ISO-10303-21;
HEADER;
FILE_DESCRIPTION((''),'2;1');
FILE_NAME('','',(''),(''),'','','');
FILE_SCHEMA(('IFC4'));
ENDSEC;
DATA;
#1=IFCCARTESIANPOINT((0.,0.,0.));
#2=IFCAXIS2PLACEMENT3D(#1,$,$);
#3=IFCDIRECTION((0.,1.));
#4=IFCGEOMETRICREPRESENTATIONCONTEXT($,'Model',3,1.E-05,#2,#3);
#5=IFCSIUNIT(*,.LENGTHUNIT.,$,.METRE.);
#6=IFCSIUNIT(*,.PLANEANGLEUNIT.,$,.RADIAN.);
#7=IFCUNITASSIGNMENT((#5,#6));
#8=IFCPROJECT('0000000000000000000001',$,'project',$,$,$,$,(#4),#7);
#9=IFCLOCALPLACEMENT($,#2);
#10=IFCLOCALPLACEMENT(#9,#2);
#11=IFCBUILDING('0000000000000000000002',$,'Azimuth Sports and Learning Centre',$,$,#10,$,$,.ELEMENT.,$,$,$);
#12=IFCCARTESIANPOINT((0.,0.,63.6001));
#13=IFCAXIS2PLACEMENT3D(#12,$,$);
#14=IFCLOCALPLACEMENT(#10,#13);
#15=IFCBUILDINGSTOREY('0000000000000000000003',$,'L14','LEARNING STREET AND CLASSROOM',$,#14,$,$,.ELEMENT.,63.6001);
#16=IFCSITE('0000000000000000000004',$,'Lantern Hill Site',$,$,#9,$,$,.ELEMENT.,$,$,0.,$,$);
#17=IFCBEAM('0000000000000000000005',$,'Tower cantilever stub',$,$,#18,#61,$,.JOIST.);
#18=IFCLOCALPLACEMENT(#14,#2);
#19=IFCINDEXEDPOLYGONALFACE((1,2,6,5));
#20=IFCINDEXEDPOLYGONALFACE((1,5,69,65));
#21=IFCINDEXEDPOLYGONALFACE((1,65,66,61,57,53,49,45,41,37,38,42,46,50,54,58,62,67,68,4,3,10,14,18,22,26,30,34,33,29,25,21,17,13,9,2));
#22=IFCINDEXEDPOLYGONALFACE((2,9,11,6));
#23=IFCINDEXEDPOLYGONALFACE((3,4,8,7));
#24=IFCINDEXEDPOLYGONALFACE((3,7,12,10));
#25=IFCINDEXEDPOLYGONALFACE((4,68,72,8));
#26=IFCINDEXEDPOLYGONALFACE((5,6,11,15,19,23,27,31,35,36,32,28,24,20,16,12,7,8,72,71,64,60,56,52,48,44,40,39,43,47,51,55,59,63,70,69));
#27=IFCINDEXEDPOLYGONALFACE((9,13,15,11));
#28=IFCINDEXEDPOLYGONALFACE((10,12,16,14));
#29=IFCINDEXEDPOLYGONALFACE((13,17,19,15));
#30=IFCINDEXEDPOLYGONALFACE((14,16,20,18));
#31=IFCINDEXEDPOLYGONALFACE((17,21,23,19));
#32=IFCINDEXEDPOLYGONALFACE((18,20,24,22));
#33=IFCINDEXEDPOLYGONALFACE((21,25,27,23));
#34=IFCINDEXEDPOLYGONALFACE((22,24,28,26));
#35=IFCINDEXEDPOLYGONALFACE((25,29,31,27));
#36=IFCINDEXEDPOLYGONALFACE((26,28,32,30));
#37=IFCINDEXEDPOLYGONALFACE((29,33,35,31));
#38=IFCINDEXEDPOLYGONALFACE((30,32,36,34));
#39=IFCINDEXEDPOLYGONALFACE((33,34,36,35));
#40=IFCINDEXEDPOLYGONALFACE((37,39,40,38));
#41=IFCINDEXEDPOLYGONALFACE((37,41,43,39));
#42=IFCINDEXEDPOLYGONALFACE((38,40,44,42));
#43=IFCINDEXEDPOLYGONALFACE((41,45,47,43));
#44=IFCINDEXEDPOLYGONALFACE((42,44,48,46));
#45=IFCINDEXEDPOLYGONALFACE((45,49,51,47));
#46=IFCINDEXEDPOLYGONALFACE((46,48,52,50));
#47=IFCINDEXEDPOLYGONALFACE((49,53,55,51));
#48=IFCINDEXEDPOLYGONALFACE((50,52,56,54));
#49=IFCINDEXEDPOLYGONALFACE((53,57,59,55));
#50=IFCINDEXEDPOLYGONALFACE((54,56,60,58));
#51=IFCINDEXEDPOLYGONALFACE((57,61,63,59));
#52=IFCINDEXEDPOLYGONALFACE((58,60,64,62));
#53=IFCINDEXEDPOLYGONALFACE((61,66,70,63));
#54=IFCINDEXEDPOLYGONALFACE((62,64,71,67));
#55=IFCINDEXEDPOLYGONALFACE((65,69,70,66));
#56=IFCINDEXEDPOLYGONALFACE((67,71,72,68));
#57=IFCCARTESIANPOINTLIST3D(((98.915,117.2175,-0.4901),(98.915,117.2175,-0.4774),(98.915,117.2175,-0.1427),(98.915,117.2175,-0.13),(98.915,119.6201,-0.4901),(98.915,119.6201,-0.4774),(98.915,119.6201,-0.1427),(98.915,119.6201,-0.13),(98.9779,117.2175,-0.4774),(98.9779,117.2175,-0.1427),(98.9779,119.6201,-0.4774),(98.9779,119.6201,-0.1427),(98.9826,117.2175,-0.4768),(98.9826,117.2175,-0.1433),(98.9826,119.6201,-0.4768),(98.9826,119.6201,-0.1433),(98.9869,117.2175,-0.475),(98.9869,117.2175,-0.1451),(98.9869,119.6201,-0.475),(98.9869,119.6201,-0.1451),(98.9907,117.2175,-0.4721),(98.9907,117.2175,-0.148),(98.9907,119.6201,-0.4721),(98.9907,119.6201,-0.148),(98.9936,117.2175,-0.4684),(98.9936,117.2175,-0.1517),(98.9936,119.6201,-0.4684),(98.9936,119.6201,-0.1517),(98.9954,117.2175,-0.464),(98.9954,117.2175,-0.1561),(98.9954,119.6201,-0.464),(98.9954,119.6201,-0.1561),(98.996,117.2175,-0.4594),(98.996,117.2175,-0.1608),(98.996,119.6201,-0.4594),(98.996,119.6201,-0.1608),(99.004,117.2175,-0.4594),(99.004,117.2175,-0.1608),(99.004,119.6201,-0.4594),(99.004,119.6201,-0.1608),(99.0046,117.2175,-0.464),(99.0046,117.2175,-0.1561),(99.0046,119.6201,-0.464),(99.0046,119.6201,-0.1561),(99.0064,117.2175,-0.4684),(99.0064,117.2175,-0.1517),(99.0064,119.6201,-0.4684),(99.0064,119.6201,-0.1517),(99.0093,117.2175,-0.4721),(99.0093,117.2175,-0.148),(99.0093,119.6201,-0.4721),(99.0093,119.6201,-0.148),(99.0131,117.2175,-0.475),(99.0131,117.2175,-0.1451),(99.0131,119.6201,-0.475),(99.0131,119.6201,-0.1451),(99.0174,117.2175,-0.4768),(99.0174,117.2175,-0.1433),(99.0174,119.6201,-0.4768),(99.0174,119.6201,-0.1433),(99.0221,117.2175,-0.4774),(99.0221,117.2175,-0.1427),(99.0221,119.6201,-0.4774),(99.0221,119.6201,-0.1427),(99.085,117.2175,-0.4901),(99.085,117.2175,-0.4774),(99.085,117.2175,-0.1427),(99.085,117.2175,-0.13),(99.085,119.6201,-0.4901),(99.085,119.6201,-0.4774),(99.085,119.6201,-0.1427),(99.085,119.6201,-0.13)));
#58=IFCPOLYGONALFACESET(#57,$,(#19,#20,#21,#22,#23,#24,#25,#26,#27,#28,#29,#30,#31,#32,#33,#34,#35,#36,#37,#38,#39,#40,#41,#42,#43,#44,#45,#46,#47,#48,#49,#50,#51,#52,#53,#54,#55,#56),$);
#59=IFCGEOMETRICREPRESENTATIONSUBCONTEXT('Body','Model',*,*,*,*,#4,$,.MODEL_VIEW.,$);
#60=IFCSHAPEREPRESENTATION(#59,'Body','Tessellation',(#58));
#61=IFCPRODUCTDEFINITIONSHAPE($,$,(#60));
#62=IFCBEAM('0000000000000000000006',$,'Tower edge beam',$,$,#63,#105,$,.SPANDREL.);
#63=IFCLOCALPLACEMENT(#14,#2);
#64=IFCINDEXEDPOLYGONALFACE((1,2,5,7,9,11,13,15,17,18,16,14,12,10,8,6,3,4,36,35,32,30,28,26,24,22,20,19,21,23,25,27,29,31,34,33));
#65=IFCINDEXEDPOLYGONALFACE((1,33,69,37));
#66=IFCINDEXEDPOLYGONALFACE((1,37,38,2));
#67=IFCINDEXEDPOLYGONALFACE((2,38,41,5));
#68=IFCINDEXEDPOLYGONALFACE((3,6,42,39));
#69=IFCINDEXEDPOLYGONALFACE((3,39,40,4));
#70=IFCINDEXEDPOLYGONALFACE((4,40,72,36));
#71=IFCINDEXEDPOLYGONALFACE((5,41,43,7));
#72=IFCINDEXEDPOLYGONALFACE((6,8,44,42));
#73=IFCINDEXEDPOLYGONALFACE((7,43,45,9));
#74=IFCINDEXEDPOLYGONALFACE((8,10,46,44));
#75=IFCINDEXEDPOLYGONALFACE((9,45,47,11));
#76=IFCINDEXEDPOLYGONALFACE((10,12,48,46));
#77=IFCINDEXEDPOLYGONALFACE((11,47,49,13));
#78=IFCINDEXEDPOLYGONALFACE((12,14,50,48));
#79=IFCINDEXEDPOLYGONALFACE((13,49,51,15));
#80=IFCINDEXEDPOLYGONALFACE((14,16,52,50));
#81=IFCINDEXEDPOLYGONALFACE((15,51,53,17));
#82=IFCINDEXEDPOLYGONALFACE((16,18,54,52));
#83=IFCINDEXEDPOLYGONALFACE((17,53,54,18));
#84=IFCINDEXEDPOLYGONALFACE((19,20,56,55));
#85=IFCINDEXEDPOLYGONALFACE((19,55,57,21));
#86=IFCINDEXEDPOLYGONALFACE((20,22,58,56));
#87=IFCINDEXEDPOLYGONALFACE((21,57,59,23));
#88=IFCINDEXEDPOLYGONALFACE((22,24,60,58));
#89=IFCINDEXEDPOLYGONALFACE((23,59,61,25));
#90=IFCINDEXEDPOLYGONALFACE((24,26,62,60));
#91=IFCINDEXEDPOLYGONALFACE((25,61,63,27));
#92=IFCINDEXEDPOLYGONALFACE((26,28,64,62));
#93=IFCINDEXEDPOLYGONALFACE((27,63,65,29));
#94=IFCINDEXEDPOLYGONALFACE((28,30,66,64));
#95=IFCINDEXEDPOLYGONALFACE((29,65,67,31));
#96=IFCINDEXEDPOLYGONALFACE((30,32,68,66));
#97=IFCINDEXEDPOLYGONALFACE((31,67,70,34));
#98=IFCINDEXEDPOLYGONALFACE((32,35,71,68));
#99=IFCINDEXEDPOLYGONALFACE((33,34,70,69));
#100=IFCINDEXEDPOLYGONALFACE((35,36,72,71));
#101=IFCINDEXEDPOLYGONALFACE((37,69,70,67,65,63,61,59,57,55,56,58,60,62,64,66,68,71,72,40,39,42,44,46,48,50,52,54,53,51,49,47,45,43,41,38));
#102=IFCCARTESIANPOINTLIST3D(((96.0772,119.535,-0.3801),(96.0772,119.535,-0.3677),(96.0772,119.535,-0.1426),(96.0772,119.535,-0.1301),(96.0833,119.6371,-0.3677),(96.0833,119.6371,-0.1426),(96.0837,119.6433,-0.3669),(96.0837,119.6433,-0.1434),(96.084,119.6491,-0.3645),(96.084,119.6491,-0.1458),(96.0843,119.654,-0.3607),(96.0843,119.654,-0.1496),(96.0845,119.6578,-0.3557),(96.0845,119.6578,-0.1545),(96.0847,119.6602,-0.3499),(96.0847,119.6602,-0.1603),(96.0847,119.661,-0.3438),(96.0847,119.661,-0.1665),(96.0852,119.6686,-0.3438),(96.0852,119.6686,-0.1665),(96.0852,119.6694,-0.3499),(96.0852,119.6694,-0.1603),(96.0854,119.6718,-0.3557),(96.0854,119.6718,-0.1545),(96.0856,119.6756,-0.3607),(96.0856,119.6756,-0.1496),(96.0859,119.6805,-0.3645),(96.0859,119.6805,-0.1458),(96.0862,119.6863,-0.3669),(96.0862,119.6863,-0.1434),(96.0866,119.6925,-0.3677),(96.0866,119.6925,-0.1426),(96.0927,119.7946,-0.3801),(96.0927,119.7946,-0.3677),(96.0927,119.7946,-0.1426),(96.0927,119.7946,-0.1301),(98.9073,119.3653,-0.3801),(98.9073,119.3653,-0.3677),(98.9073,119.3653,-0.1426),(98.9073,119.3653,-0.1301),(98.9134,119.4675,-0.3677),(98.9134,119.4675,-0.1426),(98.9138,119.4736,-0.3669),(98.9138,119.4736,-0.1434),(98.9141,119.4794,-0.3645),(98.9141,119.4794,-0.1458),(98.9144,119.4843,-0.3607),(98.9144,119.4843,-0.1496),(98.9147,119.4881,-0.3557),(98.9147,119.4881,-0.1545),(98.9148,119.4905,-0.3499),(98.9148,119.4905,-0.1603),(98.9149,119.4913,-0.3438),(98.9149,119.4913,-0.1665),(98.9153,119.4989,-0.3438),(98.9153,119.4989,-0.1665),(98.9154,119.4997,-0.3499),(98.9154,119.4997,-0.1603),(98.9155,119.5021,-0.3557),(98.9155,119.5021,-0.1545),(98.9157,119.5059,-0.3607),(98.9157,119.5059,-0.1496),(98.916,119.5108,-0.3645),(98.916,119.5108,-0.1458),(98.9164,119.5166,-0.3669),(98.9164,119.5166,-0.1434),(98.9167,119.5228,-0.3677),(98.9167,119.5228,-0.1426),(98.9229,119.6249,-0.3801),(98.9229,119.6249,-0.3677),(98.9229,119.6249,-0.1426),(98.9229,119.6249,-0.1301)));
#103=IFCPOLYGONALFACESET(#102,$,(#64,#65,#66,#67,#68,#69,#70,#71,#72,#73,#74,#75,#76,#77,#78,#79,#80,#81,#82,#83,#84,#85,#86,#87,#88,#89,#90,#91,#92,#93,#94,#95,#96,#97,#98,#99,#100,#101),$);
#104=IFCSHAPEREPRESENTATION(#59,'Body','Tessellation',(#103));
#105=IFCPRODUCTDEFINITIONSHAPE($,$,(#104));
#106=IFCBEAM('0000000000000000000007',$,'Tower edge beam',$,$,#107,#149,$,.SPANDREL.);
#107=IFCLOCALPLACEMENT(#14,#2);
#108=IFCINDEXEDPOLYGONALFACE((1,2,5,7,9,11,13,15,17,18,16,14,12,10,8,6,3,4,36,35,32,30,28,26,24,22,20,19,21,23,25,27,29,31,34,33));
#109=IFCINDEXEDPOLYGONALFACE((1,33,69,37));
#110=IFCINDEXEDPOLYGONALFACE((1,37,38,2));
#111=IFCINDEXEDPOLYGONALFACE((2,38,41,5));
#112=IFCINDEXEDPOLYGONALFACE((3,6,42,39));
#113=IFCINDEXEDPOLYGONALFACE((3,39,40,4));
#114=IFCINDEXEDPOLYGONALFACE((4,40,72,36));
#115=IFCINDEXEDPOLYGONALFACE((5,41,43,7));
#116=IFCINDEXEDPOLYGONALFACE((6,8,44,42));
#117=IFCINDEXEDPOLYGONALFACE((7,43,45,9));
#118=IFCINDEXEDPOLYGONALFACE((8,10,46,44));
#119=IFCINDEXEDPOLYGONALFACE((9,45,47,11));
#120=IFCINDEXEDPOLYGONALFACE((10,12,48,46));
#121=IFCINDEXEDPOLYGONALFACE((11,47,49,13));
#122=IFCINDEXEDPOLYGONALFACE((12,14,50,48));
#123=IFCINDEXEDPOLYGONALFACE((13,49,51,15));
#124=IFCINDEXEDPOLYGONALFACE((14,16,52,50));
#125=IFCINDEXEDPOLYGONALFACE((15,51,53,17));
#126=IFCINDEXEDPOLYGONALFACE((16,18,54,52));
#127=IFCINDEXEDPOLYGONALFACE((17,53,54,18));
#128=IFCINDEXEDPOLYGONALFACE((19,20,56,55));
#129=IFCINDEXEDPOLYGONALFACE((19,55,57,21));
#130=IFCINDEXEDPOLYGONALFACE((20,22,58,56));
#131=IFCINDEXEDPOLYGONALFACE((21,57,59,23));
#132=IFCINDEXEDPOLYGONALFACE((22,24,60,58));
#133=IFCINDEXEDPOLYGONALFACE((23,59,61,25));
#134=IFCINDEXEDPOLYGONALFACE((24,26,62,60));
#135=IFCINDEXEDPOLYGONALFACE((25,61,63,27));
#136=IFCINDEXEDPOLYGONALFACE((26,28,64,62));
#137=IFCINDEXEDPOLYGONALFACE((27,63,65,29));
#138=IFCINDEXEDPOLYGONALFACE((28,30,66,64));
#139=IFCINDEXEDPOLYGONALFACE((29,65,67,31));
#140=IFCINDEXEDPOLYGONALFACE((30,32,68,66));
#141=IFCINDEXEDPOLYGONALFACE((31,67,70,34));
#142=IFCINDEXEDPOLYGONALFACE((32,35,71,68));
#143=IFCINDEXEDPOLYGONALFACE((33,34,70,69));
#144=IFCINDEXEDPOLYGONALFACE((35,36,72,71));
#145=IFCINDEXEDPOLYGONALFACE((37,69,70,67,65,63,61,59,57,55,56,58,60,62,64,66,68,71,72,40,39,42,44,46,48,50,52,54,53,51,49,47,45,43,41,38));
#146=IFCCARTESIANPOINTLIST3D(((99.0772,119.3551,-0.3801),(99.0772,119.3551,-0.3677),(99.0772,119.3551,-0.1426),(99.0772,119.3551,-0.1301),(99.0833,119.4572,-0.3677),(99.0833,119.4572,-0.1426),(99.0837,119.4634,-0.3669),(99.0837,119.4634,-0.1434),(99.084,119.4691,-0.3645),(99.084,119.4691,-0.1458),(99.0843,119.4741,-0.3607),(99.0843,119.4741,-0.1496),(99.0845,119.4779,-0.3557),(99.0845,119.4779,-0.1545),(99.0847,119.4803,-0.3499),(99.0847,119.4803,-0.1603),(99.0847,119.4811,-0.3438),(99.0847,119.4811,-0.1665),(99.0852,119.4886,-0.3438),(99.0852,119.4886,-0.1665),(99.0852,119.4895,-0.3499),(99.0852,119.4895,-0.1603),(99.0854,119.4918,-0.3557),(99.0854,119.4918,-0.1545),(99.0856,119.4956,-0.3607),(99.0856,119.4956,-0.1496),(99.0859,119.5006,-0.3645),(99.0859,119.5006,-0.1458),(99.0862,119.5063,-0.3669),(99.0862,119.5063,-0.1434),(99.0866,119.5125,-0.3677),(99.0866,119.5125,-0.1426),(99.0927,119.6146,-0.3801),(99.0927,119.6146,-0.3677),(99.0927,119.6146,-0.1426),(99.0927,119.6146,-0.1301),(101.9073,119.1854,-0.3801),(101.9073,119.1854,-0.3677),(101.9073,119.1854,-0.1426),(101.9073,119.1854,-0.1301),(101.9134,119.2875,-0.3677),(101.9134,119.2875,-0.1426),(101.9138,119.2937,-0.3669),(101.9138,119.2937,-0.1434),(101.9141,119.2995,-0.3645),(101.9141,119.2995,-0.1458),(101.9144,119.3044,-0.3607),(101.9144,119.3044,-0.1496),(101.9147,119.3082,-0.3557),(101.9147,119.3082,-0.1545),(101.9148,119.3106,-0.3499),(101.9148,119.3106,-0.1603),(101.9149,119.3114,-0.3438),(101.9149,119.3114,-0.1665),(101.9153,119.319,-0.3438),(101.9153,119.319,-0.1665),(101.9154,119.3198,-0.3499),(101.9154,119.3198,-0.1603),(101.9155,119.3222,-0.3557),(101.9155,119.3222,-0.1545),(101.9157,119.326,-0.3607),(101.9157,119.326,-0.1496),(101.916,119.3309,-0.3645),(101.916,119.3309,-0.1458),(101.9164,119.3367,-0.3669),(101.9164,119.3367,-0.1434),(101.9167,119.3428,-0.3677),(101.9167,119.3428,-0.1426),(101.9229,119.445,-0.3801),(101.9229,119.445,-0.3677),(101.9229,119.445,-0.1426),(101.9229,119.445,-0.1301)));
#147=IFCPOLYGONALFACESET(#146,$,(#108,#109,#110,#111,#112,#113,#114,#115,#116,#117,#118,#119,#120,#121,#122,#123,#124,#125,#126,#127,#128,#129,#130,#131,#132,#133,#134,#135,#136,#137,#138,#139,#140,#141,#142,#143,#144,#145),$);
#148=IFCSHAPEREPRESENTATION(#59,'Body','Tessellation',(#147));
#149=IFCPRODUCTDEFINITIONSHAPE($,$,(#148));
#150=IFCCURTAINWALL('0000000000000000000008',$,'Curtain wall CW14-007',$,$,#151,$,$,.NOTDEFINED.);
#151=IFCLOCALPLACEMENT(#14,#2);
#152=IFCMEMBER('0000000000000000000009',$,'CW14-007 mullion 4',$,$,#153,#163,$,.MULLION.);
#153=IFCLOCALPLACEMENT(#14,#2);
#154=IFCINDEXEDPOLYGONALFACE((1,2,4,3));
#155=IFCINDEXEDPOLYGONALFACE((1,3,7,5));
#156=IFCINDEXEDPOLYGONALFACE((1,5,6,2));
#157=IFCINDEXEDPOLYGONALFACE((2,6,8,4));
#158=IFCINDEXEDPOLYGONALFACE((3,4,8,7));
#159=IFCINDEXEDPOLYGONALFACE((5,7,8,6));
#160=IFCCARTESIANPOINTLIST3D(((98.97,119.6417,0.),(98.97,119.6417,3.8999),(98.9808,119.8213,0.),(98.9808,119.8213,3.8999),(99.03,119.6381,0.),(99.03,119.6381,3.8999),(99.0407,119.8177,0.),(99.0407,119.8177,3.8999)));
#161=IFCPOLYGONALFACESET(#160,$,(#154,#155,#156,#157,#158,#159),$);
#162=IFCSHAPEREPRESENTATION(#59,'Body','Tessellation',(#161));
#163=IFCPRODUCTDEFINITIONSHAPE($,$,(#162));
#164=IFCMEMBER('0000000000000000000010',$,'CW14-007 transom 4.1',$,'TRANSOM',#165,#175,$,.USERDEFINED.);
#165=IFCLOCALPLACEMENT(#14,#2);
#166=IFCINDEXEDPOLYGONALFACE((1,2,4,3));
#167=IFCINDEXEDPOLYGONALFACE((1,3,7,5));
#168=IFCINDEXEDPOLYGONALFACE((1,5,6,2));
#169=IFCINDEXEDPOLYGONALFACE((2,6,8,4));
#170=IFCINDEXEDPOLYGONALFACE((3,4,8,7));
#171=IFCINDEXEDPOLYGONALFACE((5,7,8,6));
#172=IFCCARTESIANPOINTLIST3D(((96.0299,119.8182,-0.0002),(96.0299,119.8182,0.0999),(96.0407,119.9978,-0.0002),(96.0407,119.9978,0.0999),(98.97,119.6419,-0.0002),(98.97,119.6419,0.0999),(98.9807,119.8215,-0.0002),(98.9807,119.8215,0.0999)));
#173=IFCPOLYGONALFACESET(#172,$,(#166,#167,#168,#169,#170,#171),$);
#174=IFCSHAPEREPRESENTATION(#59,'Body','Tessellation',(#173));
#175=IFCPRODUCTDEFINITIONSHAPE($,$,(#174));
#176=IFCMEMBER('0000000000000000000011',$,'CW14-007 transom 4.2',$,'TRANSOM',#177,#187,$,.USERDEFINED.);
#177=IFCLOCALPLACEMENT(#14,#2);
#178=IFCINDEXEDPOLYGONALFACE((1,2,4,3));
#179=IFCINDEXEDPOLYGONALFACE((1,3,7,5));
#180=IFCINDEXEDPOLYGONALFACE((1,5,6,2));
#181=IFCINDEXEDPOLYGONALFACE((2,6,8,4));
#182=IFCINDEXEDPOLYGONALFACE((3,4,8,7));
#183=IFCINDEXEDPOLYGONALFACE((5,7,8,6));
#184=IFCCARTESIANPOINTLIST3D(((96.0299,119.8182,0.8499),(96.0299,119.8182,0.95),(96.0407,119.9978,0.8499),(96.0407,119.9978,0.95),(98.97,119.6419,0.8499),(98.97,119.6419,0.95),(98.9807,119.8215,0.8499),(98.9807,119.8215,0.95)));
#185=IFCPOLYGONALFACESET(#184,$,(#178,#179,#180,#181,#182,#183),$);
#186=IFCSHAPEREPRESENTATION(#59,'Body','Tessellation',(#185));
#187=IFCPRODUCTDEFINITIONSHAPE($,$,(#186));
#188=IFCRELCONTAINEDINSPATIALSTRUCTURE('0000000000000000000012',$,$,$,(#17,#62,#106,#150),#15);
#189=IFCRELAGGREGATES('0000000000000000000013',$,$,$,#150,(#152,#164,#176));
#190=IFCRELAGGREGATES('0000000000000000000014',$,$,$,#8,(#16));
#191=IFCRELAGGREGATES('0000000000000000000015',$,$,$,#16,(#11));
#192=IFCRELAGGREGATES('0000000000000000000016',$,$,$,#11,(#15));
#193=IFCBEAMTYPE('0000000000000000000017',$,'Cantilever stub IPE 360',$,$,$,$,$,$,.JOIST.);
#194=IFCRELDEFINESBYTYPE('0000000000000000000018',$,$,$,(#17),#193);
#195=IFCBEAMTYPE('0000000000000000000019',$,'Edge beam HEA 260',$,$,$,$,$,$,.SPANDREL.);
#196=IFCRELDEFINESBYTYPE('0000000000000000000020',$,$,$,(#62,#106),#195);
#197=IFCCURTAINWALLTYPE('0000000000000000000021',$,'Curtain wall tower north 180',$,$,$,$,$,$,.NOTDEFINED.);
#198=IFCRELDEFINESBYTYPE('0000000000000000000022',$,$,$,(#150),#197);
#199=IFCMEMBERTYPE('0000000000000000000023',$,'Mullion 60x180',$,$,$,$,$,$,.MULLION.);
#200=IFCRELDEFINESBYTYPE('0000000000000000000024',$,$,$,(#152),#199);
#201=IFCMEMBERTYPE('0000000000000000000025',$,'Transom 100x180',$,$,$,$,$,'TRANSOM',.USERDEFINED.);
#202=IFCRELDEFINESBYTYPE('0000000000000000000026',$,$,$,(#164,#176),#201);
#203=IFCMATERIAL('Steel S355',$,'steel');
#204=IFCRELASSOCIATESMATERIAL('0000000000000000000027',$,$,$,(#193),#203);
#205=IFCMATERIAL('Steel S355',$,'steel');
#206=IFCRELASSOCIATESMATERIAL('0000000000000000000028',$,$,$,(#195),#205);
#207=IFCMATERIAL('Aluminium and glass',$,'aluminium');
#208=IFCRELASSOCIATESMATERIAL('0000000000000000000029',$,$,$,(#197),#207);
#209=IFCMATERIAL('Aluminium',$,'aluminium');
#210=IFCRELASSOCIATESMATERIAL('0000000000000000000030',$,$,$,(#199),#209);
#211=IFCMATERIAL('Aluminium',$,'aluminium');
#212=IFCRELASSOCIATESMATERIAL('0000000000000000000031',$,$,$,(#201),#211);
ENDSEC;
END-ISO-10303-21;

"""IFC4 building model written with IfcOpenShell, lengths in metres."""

from ifc_helpers import new_model, si_unit, direction, frame, origin, origin_2d, place, context, subcontext, project, spatial, rectangle, i_section, extrude, material, material_profile, profile_set, type_object, element, aggregate, save


model = new_model("IFC4")

# Units and contexts
model_context = context("Model", 3, precision=1e-05, world=origin(), true_north=direction((0.0, 1.0)))
body_context = subcontext(model_context, "Body", "Model", "MODEL_VIEW")
ifc_project = project(units=[si_unit("LENGTHUNIT", "METRE"), si_unit("PLANEANGLEUNIT", "RADIAN")], contexts=[model_context])

# Site, building, storey
site_placement = place(None, origin())
site = spatial("IfcSite", under=ifc_project, at=site_placement, Name="Lantern Hill Site", CompositionType="ELEMENT", RefElevation=0.0)
building_placement = place(site_placement, origin())
building = spatial("IfcBuilding", under=site, at=building_placement, Name="Azimuth Sports and Learning Centre", CompositionType="ELEMENT")
storey_placement = place(building_placement, frame((0.0, 0.0, 63.6001)))
storey = spatial("IfcBuildingStorey", under=building, at=storey_placement, Name="L14", Description="LEARNING STREET AND CLASSROOM", CompositionType="ELEMENT", Elevation=63.6001)

# Beams
ifc_material_1 = material(Name="Steel S355", Category="steel")
ifc_material_profile_1 = material_profile(ifc_material_1, i_section(OverallWidth=0.1699, OverallDepth=0.3601, WebThickness=0.0081, FlangeThickness=0.0127, FilletRadius=0.0181, at=origin_2d()), Name="IPE 360")
ifc_profile_set_1 = profile_set([ifc_material_profile_1], Name="Steel S355")
beam_type_1 = type_object("IfcBeamType", Name="Cantilever stub IPE 360", PredefinedType="JOIST", material=ifc_profile_set_1)
beam_1_placement = place(storey_placement, frame((99.0, 117.2175, -0.3101), z_axis=(0.0, 1.0, 0.0), x_axis=(-1.0, 0.0, 0.0)))
element("IfcBeam", 1, at=beam_1_placement, inside=storey, type_object=beam_type_1, Name="Tower cantilever stub", PredefinedType="JOIST", context=body_context, shape_type="SweptSolid", body=[
    extrude(i_section(OverallWidth=0.1699, OverallDepth=0.3601, WebThickness=0.0081, FlangeThickness=0.0127, FilletRadius=0.0181, at=origin_2d()), origin(), (0.0, 0.0, 1.0), 2.4026),
])
ifc_material_2 = material(Name="Steel S355", Category="steel")
ifc_material_profile_2 = material_profile(ifc_material_2, i_section(OverallWidth=0.26, OverallDepth=0.25, WebThickness=0.0076, FlangeThickness=0.0125, FilletRadius=0.0239, at=origin_2d()), Name="HEA 260")
ifc_profile_set_2 = profile_set([ifc_material_profile_2], Name="Steel S355")
beam_type_2 = type_object("IfcBeamType", Name="Edge beam HEA 260", PredefinedType="SPANDREL", material=ifc_profile_set_2)
for number, where, z_axis, x_axis, name in (
    (2, (96.085, 119.6648, -0.2551), (0.998208, -0.059848, 0.0), (0.059848, 0.998208, 0.0), "Tower edge beam"),
    (3, (99.085, 119.4849, -0.2551), (0.998208, -0.059848, 0.0), (0.059848, 0.998208, 0.0), "Tower edge beam"),
):
    element("IfcBeam", number, at=place(storey_placement, frame(where, z_axis=z_axis, x_axis=x_axis)), inside=storey, type_object=beam_type_2, Name=name, PredefinedType="SPANDREL", context=body_context, shape_type="SweptSolid", body=[
        extrude(i_section(OverallWidth=0.26, OverallDepth=0.25, WebThickness=0.0076, FlangeThickness=0.0125, FilletRadius=0.0239, at=origin_2d()), origin(), (0.0, 0.0, 1.0), 2.8352),
    ])

# Curtain wall, members
ifc_material_3 = material(Name="Aluminium and glass", Category="aluminium")
curtain_wall_type = type_object("IfcCurtainWallType", Name="Curtain wall tower north 180", PredefinedType="NOTDEFINED", material=ifc_material_3)
curtain_wall_placement = place(storey_placement, origin())
curtain_wall = element("IfcCurtainWall", 4, at=curtain_wall_placement, inside=storey, type_object=curtain_wall_type, Name="Curtain wall CW14-007", PredefinedType="NOTDEFINED")
ifc_material_4 = material(Name="Aluminium", Category="aluminium")
ifc_material_profile_3 = material_profile(ifc_material_4, rectangle(XDim=0.1799, YDim=0.0601, at=origin_2d()), Name="Mullion 60x180")
ifc_profile_set_3 = profile_set([ifc_material_profile_3], Name="Aluminium")
member_type_1 = type_object("IfcMemberType", Name="Mullion 60x180", PredefinedType="MULLION", material=ifc_profile_set_3)
member_1_placement = place(storey_placement, frame((99.0054, 119.7297, 0.0), z_axis=(0.0, 0.0, 1.0), x_axis=(-0.059892, -0.998205, 0.0)))
member_1 = element("IfcMember", 5, at=member_1_placement, type_object=member_type_1, Name="CW14-007 mullion 4", PredefinedType="MULLION", context=body_context, shape_type="SweptSolid", body=[
    extrude(rectangle(XDim=0.1799, YDim=0.0601, at=origin_2d()), origin(), (0.0, 0.0, 1.0), 3.8999),
])
ifc_material_5 = material(Name="Aluminium", Category="aluminium")
ifc_material_profile_4 = material_profile(ifc_material_5, rectangle(XDim=0.1799, YDim=0.1001, at=origin_2d()), Name="Transom 100x180")
ifc_profile_set_4 = profile_set([ifc_material_profile_4], Name="Aluminium")
member_type_2 = type_object("IfcMemberType", Name="Transom 100x180", ElementType="TRANSOM", PredefinedType="USERDEFINED", material=ifc_profile_set_4)
member_2_placement = place(storey_placement, frame((98.9753, 119.7317, 0.0498), z_axis=(-0.998207, 0.059849, 0.0), x_axis=(-0.059849, -0.998207, 0.0)))
member_2 = element("IfcMember", 6, at=member_2_placement, type_object=member_type_2, Name="CW14-007 transom 4.1", ObjectType="TRANSOM", PredefinedType="USERDEFINED", context=body_context, shape_type="SweptSolid", body=[
    extrude(rectangle(XDim=0.1799, YDim=0.1001, at=origin_2d()), origin(), (0.0, 0.0, 1.0), 2.9453),
])
member_3_placement = place(storey_placement, frame((98.9753, 119.7317, 0.8999), z_axis=(-0.998207, 0.059849, 0.0), x_axis=(-0.059849, -0.998207, 0.0)))
member_3 = element("IfcMember", 7, at=member_3_placement, type_object=member_type_2, Name="CW14-007 transom 4.2", ObjectType="TRANSOM", PredefinedType="USERDEFINED", context=body_context, shape_type="SweptSolid", body=[
    extrude(rectangle(XDim=0.1799, YDim=0.1001, at=origin_2d()), origin(), (0.0, 0.0, 1.0), 2.9453),
])
aggregate(curtain_wall, [member_1, member_2, member_3])

save(model, "model.ifc")
